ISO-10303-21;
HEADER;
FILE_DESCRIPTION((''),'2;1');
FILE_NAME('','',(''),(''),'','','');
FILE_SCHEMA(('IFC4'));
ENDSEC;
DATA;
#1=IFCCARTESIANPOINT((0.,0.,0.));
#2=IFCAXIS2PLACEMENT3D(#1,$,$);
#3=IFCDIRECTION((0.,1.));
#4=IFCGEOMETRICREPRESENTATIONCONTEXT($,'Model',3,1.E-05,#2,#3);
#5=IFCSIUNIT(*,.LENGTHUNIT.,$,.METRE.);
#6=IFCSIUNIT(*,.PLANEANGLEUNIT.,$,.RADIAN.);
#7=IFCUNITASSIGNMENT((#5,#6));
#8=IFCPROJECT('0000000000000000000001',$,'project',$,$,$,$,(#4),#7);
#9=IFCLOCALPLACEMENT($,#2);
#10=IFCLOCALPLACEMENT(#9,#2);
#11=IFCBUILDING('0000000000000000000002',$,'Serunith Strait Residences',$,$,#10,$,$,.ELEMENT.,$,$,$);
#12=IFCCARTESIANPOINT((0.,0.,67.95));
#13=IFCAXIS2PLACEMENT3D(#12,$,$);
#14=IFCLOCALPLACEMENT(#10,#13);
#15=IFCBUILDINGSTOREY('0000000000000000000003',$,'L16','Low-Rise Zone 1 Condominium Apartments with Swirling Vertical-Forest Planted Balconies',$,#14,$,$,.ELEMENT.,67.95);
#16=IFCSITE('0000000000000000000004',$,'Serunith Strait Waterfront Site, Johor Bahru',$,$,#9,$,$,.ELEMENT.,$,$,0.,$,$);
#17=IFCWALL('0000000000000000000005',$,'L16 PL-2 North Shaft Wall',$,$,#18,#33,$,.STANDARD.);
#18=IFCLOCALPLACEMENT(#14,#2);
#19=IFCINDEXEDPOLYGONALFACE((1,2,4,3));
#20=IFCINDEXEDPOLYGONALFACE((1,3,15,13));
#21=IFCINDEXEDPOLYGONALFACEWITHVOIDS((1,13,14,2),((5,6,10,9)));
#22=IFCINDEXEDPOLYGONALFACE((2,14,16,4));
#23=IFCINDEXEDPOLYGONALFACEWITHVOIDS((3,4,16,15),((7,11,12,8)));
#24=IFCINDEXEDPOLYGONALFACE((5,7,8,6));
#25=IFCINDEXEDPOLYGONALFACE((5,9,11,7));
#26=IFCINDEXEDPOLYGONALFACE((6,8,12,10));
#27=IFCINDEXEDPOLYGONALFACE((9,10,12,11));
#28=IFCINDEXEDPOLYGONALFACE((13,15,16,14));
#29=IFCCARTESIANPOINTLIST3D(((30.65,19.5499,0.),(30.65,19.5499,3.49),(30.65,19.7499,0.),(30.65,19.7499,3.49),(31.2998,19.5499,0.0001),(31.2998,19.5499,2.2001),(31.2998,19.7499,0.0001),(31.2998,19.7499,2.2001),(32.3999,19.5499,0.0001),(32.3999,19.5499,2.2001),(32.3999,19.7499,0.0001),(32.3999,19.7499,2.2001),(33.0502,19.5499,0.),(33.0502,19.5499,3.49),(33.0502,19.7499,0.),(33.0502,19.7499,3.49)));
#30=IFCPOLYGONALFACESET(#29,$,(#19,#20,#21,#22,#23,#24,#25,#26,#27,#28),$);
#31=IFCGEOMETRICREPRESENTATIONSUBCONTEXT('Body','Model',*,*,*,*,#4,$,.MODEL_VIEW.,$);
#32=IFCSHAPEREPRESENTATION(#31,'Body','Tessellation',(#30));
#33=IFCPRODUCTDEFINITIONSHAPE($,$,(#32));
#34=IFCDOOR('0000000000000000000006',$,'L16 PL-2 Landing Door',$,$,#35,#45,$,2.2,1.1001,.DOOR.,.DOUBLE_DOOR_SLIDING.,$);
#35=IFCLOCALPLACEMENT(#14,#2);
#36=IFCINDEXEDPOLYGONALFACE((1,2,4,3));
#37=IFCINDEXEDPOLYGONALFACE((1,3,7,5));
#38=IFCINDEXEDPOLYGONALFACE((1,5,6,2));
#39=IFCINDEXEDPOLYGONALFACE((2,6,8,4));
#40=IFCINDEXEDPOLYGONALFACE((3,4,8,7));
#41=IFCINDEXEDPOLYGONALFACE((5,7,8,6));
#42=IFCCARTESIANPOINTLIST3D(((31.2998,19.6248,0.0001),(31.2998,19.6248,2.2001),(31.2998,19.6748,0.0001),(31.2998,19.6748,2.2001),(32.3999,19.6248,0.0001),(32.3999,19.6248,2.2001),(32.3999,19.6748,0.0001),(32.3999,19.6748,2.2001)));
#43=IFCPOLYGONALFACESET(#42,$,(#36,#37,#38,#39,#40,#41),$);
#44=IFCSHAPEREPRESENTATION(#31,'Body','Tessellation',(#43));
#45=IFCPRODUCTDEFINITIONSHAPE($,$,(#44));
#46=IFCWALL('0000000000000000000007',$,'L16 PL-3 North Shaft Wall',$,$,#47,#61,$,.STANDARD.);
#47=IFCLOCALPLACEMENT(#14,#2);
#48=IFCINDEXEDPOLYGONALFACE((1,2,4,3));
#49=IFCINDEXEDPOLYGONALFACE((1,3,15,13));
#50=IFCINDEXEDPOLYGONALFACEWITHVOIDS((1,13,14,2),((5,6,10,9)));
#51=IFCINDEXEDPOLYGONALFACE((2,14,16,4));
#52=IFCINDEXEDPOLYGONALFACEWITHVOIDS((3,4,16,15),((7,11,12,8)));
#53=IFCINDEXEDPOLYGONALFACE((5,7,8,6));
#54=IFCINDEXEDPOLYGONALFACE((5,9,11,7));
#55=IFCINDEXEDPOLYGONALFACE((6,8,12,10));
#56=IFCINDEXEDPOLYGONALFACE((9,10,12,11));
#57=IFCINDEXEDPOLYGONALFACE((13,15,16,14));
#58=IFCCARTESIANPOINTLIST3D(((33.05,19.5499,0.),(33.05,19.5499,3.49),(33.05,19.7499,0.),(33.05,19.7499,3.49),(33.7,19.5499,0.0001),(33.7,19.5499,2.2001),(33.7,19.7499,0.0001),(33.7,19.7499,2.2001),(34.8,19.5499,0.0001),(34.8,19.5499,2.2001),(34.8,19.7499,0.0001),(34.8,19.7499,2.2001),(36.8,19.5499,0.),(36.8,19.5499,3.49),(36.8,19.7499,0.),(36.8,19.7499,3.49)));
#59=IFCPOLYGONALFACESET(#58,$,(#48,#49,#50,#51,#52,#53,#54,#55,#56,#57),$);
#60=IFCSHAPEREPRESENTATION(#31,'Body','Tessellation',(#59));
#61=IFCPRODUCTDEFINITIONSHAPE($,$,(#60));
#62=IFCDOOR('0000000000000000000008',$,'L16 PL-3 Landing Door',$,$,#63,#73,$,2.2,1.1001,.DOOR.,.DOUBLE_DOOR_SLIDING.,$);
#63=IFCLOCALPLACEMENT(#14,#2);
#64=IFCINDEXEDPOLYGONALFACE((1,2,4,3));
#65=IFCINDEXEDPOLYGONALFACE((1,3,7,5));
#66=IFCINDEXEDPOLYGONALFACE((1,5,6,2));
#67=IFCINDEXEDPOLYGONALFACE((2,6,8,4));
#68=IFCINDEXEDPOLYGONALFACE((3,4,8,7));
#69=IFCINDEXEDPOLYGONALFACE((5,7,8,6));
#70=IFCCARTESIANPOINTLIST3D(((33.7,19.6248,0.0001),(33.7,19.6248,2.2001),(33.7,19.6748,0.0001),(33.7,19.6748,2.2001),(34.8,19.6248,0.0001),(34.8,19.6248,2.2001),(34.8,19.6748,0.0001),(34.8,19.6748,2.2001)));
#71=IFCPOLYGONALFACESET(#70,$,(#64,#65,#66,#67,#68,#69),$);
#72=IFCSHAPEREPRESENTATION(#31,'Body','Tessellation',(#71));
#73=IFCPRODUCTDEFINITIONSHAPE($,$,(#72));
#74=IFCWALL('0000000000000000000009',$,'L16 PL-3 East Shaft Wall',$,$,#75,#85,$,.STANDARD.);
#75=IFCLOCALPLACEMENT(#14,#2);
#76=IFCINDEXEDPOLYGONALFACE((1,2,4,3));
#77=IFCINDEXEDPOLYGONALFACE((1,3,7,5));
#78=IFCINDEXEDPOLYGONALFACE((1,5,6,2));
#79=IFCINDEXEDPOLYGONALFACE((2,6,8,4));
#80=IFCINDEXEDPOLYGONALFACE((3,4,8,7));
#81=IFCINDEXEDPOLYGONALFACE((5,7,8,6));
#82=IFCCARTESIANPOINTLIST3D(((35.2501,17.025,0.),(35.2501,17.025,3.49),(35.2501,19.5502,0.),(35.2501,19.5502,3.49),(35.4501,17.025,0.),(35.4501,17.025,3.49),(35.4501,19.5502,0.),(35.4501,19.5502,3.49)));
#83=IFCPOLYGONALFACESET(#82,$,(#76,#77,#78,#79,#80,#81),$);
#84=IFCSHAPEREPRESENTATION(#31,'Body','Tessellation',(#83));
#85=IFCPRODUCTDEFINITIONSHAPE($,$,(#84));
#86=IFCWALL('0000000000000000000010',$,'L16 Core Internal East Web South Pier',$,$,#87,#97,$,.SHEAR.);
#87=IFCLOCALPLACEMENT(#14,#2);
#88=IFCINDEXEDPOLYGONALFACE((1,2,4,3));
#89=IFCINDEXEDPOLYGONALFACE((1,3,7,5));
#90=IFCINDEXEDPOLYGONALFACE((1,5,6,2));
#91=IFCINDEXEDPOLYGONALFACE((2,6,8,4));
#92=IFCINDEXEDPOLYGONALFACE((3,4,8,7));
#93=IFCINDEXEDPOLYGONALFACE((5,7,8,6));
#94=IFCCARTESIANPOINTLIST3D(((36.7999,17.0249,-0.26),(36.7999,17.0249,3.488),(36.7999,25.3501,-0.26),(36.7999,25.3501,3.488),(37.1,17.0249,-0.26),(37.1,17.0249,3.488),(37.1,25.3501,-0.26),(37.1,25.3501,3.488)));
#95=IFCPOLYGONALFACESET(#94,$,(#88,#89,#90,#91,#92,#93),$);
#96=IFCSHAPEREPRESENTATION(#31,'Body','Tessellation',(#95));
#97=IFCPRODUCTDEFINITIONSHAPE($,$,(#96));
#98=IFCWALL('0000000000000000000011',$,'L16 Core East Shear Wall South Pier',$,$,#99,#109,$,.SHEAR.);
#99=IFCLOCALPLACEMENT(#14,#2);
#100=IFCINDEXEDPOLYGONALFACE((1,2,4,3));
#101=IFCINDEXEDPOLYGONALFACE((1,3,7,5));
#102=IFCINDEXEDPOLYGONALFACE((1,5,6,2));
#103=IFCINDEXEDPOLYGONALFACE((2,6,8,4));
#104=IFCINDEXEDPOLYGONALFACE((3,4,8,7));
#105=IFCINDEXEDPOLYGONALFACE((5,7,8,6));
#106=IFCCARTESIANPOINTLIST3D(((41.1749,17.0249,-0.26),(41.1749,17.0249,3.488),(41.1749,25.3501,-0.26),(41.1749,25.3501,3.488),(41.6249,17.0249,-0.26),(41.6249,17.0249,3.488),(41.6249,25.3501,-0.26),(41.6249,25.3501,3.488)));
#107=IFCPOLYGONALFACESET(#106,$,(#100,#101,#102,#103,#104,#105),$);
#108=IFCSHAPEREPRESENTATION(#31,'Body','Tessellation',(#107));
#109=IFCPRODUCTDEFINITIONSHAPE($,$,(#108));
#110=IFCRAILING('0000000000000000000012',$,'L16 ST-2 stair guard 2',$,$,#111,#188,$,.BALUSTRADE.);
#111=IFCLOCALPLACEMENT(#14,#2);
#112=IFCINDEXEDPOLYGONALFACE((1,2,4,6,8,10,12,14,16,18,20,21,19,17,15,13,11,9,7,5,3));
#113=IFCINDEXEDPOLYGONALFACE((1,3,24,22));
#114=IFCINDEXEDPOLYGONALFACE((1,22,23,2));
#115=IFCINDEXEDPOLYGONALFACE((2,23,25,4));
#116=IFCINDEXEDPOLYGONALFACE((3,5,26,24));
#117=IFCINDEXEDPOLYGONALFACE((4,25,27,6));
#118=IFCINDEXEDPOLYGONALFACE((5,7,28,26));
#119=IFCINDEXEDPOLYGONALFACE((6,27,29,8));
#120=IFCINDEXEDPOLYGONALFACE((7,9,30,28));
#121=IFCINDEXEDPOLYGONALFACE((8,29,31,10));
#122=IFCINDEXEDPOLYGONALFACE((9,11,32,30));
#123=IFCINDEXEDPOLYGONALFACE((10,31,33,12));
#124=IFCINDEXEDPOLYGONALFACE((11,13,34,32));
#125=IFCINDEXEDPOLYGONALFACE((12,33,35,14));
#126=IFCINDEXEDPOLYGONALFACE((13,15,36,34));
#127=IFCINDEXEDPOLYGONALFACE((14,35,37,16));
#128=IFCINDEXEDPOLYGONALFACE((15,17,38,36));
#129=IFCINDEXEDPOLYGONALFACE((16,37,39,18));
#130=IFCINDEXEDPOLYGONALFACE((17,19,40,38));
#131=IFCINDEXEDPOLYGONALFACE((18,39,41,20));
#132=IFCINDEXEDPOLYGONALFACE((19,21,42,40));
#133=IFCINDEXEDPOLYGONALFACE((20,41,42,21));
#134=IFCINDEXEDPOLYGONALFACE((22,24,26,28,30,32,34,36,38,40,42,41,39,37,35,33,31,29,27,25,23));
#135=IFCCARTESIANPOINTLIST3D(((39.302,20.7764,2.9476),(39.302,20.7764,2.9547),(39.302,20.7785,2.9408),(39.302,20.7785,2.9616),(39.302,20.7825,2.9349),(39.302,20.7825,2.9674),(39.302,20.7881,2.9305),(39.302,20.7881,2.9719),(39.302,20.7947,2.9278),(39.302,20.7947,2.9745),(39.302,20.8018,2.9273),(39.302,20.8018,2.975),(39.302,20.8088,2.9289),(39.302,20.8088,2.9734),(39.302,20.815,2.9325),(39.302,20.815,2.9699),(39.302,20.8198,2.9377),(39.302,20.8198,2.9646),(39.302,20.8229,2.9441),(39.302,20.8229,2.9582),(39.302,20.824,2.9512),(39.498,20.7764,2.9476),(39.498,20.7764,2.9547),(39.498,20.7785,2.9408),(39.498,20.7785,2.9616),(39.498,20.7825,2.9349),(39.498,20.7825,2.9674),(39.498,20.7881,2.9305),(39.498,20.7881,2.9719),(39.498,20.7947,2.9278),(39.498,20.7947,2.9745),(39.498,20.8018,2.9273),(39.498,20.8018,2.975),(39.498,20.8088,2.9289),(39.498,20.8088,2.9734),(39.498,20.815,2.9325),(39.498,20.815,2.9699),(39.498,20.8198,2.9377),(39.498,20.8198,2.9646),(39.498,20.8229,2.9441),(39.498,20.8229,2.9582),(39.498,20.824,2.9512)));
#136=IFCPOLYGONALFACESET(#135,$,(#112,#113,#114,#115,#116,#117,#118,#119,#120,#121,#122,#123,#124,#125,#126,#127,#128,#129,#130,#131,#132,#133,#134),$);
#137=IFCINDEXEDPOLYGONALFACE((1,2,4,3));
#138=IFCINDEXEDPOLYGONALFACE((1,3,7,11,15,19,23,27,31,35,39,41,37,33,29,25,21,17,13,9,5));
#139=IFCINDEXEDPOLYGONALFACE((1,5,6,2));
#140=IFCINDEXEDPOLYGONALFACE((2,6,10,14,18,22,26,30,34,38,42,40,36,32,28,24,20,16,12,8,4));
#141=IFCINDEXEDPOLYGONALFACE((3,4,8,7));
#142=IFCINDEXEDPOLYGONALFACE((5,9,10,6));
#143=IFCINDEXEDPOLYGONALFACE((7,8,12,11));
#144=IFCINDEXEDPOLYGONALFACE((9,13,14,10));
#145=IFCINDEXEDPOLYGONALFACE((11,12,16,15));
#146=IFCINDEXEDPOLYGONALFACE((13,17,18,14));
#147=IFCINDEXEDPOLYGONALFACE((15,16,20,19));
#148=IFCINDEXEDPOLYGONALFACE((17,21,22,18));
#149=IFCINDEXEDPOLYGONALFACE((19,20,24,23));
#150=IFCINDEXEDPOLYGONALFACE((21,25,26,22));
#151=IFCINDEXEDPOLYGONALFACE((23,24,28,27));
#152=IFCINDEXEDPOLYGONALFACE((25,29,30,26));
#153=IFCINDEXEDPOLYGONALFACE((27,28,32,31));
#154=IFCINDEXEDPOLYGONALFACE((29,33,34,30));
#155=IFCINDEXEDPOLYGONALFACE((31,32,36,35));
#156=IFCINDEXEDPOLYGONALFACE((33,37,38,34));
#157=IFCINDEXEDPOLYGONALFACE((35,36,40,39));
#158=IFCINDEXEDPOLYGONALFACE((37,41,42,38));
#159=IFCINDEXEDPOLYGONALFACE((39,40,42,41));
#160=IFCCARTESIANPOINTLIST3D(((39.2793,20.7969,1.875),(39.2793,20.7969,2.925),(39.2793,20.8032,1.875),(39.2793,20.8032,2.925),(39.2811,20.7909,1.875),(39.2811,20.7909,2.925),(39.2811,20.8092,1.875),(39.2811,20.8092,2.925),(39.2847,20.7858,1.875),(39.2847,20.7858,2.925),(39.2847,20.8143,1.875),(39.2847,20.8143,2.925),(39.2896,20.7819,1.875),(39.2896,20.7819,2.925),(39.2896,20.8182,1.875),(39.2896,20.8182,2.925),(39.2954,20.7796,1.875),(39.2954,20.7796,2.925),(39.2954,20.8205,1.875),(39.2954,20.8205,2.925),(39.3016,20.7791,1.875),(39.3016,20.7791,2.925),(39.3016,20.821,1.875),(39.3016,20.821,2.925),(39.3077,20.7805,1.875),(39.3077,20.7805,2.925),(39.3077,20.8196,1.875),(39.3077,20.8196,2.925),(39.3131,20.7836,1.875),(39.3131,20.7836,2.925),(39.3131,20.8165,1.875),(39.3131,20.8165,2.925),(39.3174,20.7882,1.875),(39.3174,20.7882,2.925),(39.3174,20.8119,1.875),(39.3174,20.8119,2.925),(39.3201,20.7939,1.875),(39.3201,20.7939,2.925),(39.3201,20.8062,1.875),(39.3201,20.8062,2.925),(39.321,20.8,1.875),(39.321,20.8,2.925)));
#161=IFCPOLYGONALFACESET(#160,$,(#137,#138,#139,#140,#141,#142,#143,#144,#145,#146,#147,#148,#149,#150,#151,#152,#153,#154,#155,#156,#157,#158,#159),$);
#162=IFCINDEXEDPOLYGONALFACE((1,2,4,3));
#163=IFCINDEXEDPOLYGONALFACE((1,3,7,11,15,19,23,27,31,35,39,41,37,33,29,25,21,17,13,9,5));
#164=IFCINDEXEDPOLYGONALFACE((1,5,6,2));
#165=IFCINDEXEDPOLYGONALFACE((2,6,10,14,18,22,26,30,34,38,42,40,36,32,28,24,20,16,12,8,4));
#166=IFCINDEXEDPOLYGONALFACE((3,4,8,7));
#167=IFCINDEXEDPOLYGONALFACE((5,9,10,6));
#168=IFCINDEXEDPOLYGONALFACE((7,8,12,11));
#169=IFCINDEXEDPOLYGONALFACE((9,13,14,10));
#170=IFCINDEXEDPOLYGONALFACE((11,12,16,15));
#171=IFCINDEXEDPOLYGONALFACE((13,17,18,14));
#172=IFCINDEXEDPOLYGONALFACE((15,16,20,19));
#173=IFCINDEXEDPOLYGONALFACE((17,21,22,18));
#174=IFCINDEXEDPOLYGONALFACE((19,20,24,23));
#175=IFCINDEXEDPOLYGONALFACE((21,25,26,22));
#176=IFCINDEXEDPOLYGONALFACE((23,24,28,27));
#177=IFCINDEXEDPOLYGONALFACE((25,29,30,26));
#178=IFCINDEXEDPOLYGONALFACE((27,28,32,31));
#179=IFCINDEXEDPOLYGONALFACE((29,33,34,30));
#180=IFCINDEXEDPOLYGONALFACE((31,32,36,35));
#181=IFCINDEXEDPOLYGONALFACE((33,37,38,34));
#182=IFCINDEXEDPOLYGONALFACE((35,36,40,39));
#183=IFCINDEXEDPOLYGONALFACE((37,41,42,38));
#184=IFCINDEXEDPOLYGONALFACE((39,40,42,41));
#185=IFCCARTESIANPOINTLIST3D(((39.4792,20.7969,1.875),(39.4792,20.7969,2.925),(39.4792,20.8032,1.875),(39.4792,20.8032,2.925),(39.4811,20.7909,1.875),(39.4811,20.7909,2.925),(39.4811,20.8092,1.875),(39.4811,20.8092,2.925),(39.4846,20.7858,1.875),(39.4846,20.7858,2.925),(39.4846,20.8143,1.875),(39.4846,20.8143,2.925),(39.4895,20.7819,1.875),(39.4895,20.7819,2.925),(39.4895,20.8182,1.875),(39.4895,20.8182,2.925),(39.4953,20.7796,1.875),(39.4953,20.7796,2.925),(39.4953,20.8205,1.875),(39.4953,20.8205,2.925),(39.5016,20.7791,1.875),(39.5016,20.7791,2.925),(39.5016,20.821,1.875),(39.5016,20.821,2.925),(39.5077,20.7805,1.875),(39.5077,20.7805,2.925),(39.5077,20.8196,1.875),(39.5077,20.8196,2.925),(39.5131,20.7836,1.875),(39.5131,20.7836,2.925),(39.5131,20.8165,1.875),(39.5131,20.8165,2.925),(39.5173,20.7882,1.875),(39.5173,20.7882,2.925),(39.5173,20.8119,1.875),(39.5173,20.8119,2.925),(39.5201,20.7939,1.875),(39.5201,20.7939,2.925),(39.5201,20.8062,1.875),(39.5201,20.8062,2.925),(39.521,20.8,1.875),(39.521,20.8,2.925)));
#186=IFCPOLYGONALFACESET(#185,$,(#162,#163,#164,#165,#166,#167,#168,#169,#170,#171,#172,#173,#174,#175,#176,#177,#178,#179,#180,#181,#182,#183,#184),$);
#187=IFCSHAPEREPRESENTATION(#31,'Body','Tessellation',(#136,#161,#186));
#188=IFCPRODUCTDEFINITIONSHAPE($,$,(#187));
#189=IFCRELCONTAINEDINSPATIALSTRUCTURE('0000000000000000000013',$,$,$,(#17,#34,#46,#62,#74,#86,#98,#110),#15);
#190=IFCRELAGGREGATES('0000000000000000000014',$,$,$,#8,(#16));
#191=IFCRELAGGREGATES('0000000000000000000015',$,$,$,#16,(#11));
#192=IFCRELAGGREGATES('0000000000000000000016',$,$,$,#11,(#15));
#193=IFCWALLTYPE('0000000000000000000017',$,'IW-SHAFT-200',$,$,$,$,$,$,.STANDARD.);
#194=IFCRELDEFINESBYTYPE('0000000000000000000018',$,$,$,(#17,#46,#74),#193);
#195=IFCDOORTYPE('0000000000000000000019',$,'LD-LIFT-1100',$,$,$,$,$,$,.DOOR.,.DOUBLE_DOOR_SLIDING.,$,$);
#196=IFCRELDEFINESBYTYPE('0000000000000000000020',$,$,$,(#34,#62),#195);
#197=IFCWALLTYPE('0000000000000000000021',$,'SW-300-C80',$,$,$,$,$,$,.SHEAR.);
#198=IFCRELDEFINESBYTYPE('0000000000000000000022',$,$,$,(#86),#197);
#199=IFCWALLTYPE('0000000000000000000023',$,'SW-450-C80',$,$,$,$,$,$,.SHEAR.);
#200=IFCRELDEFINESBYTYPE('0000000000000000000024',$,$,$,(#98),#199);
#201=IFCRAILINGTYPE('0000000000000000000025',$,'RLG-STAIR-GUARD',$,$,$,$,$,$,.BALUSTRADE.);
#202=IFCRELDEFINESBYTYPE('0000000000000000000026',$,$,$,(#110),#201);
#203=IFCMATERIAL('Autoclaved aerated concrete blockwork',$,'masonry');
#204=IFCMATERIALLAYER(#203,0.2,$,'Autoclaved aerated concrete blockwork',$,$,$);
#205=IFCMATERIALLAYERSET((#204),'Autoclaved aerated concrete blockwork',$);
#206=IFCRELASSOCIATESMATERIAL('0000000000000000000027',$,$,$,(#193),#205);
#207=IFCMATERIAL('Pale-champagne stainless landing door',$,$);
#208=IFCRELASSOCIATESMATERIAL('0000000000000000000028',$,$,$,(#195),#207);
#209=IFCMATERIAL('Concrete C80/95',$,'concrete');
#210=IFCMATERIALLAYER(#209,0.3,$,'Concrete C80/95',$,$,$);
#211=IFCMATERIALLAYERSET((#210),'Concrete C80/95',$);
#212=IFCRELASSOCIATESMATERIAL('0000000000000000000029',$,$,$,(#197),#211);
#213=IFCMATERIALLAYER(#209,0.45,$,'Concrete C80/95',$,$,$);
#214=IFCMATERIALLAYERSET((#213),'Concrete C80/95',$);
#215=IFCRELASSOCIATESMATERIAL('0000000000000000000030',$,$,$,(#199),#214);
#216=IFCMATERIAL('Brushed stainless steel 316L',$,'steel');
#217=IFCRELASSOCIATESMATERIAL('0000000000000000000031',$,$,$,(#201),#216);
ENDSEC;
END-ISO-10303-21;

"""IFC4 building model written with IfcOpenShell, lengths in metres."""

from ifc_helpers import new_model, si_unit, direction, frame, frame_2d, origin, origin_2d, place, context, subcontext, project, spatial, rectangle, circle, extrude, source, transform, mapped, material, layer, layer_set, type_object, element, fill, save


model = new_model("IFC4")

# Units and contexts
model_context = context("Model", 3, precision=1e-05, world=origin(), true_north=direction((0.0, 1.0)))
body_context = subcontext(model_context, "Body", "Model", "MODEL_VIEW")
ifc_project = project(units=[si_unit("LENGTHUNIT", "METRE"), si_unit("PLANEANGLEUNIT", "RADIAN")], contexts=[model_context])

# Site, building, storey
site_placement = place(None, origin())
site = spatial("IfcSite", under=ifc_project, at=site_placement, Name="Serunith Strait Waterfront Site, Johor Bahru", CompositionType="ELEMENT", RefElevation=0.0)
building_placement = place(site_placement, origin())
building = spatial("IfcBuilding", under=site, at=building_placement, Name="Serunith Strait Residences", CompositionType="ELEMENT")
storey_placement = place(building_placement, frame((0.0, 0.0, 67.95)))
storey = spatial("IfcBuildingStorey", under=building, at=storey_placement, Name="L16", Description="Low-Rise Zone 1 Condominium Apartments with Swirling Vertical-Forest Planted Balconies", CompositionType="ELEMENT", Elevation=67.95)

# Walls, openings, doors
ifc_material_1 = material(Name="Autoclaved aerated concrete blockwork", Category="masonry")
ifc_layer_1 = layer(ifc_material_1, 0.2, Name="Autoclaved aerated concrete blockwork")
ifc_layer_set_1 = layer_set([ifc_layer_1], Name="Autoclaved aerated concrete blockwork")
wall_type_1 = type_object("IfcWallType", Name="IW-SHAFT-200", PredefinedType="STANDARD", material=ifc_layer_set_1)
wall_1_placement = place(storey_placement, frame((30.6499, 19.6499, 0.0), z_axis=(0.0, 0.0, 1.0), x_axis=(1.0, 0.0, 0.0)))
wall_1 = element("IfcWall", 1, at=wall_1_placement, inside=storey, type_object=wall_type_1, Name="L16 PL-2 North Shaft Wall", PredefinedType="STANDARD", context=body_context, shape_type="SweptSolid", body=[
    extrude(rectangle(XDim=2.4001, YDim=0.2, at=frame_2d((1.2002, 0.0))), origin(), (0.0, 0.0, 1.0), 3.49),
])
opening_1_placement = place(wall_1_placement, frame((0.6499, 0.0, 0.0)))
opening_1 = element("IfcOpeningElement", 2, at=opening_1_placement, cuts=wall_1, PredefinedType="OPENING", context=body_context, shape_type="SweptSolid", body=[
    extrude(rectangle(XDim=1.1001, YDim=2.2, at=frame_2d((0.55, 1.1001))), frame((0.0, 0.1099, 0.0), z_axis=(0.0, -1.0, 0.0), x_axis=(1.0, 0.0, 0.0)), (0.0, 0.0, 1.0), 0.22),
])
ifc_material_2 = material(Name="Pale-champagne stainless landing door")
door_type_1 = type_object("IfcDoorType", Name="LD-LIFT-1100", OperationType="DOUBLE_DOOR_SLIDING", PredefinedType="DOOR", material=ifc_material_2)
shared_shape_1 = source(origin(), body_context, "Body", "SweptSolid", [
    extrude(rectangle(XDim=1.1001, YDim=2.2, at=frame_2d((0.55, 1.1001))), frame((0.0, 0.0249, 0.0), z_axis=(0.0, -1.0, 0.0), x_axis=(1.0, 0.0, 0.0)), (0.0, 0.0, 1.0), 0.05),
])
door_1_placement = place(opening_1_placement, origin())
door_1 = element("IfcDoor", 3, at=door_1_placement, inside=storey, type_object=door_type_1, Name="L16 PL-2 Landing Door", OperationType="DOUBLE_DOOR_SLIDING", OverallHeight=2.2, OverallWidth=1.1001, PredefinedType="DOOR", context=body_context, shape_type="MappedRepresentation", body=[
    mapped(shared_shape_1, transform((0.0, 0.0, 0.0), scale=1.0)),
])
fill(opening_1, door_1)
wall_2_placement = place(storey_placement, frame((33.05, 19.6499, 0.0), z_axis=(0.0, 0.0, 1.0), x_axis=(1.0, 0.0, 0.0)))
wall_2 = element("IfcWall", 4, at=wall_2_placement, inside=storey, type_object=wall_type_1, Name="L16 PL-3 North Shaft Wall", PredefinedType="STANDARD", context=body_context, shape_type="SweptSolid", body=[
    extrude(rectangle(XDim=3.75, YDim=0.2, at=frame_2d((1.875, 0.0))), origin(), (0.0, 0.0, 1.0), 3.49),
])
opening_2_placement = place(wall_2_placement, frame((0.6499, 0.0, 0.0)))
opening_2 = element("IfcOpeningElement", 5, at=opening_2_placement, cuts=wall_2, PredefinedType="OPENING", context=body_context, shape_type="SweptSolid", body=[
    extrude(rectangle(XDim=1.1001, YDim=2.2, at=frame_2d((0.55, 1.1001))), frame((0.0, 0.1099, 0.0), z_axis=(0.0, -1.0, 0.0), x_axis=(1.0, 0.0, 0.0)), (0.0, 0.0, 1.0), 0.22),
])
door_2_placement = place(opening_2_placement, origin())
door_2 = element("IfcDoor", 6, at=door_2_placement, inside=storey, type_object=door_type_1, Name="L16 PL-3 Landing Door", OperationType="DOUBLE_DOOR_SLIDING", OverallHeight=2.2, OverallWidth=1.1001, PredefinedType="DOOR", context=body_context, shape_type="MappedRepresentation", body=[
    mapped(shared_shape_1, transform((0.0, 0.0, 0.0), scale=1.0)),
])
fill(opening_2, door_2)

# Walls
wall_3_placement = place(storey_placement, frame((35.3501, 17.0249, 0.0), z_axis=(0.0, 0.0, 1.0), x_axis=(0.0, 1.0, 0.0)))
element("IfcWall", 7, at=wall_3_placement, inside=storey, type_object=wall_type_1, Name="L16 PL-3 East Shaft Wall", PredefinedType="STANDARD", context=body_context, shape_type="SweptSolid", body=[
    extrude(rectangle(XDim=2.5251, YDim=0.2, at=frame_2d((1.2627, 0.0))), origin(), (0.0, 0.0, 1.0), 3.49),
])
ifc_material_3 = material(Name="Concrete C80/95", Category="concrete")
ifc_layer_2 = layer(ifc_material_3, 0.3, Name="Concrete C80/95")
ifc_layer_set_2 = layer_set([ifc_layer_2], Name="Concrete C80/95")
wall_type_2 = type_object("IfcWallType", Name="SW-300-C80", PredefinedType="SHEAR", material=ifc_layer_set_2)
wall_4_placement = place(storey_placement, frame((36.95, 17.0249, -0.26), z_axis=(0.0, 0.0, 1.0), x_axis=(0.0, 1.0, 0.0)))
element("IfcWall", 8, at=wall_4_placement, inside=storey, type_object=wall_type_2, Name="L16 Core Internal East Web South Pier", PredefinedType="SHEAR", context=body_context, shape_type="SweptSolid", body=[
    extrude(rectangle(XDim=8.3252, YDim=0.3, at=frame_2d((4.1626, 0.0))), origin(), (0.0, 0.0, 1.0), 3.748),
])
ifc_layer_3 = layer(ifc_material_3, 0.45, Name="Concrete C80/95")
ifc_layer_set_3 = layer_set([ifc_layer_3], Name="Concrete C80/95")
wall_type_3 = type_object("IfcWallType", Name="SW-450-C80", PredefinedType="SHEAR", material=ifc_layer_set_3)
wall_5_placement = place(storey_placement, frame((41.3999, 17.0249, -0.26), z_axis=(0.0, 0.0, 1.0), x_axis=(0.0, 1.0, 0.0)))
element("IfcWall", 9, at=wall_5_placement, inside=storey, type_object=wall_type_3, Name="L16 Core East Shear Wall South Pier", PredefinedType="SHEAR", context=body_context, shape_type="SweptSolid", body=[
    extrude(rectangle(XDim=8.3252, YDim=0.45, at=frame_2d((4.1626, 0.0))), origin(), (0.0, 0.0, 1.0), 3.748),
])

# Railing
ifc_material_4 = material(Name="Brushed stainless steel 316L", Category="steel")
railing_type_1 = type_object("IfcRailingType", Name="RLG-STAIR-GUARD", PredefinedType="BALUSTRADE", material=ifc_material_4)
railing_1_placement = place(storey_placement, frame((39.3, 20.8, 1.875)))
element("IfcRailing", 10, at=railing_1_placement, inside=storey, type_object=railing_type_1, Name="L16 ST-2 stair guard 2", PredefinedType="BALUSTRADE", context=body_context, shape_type="SweptSolid", body=[
    extrude(circle(Radius=0.0239, at=origin_2d()), frame((0.002, 0.0, 1.0762), z_axis=(1.0, 0.0, 0.0), x_axis=(0.0, 1.0, 0.0)), (0.0, 0.0, 1.0), 0.196),
    extrude(circle(Radius=0.021, at=origin_2d()), origin(), (0.0, 0.0, 1.0), 1.05),
    extrude(circle(Radius=0.021, at=origin_2d()), frame((0.2, 0.0, 0.0)), (0.0, 0.0, 1.0), 1.05),
])

save(model, "model.ifc")
